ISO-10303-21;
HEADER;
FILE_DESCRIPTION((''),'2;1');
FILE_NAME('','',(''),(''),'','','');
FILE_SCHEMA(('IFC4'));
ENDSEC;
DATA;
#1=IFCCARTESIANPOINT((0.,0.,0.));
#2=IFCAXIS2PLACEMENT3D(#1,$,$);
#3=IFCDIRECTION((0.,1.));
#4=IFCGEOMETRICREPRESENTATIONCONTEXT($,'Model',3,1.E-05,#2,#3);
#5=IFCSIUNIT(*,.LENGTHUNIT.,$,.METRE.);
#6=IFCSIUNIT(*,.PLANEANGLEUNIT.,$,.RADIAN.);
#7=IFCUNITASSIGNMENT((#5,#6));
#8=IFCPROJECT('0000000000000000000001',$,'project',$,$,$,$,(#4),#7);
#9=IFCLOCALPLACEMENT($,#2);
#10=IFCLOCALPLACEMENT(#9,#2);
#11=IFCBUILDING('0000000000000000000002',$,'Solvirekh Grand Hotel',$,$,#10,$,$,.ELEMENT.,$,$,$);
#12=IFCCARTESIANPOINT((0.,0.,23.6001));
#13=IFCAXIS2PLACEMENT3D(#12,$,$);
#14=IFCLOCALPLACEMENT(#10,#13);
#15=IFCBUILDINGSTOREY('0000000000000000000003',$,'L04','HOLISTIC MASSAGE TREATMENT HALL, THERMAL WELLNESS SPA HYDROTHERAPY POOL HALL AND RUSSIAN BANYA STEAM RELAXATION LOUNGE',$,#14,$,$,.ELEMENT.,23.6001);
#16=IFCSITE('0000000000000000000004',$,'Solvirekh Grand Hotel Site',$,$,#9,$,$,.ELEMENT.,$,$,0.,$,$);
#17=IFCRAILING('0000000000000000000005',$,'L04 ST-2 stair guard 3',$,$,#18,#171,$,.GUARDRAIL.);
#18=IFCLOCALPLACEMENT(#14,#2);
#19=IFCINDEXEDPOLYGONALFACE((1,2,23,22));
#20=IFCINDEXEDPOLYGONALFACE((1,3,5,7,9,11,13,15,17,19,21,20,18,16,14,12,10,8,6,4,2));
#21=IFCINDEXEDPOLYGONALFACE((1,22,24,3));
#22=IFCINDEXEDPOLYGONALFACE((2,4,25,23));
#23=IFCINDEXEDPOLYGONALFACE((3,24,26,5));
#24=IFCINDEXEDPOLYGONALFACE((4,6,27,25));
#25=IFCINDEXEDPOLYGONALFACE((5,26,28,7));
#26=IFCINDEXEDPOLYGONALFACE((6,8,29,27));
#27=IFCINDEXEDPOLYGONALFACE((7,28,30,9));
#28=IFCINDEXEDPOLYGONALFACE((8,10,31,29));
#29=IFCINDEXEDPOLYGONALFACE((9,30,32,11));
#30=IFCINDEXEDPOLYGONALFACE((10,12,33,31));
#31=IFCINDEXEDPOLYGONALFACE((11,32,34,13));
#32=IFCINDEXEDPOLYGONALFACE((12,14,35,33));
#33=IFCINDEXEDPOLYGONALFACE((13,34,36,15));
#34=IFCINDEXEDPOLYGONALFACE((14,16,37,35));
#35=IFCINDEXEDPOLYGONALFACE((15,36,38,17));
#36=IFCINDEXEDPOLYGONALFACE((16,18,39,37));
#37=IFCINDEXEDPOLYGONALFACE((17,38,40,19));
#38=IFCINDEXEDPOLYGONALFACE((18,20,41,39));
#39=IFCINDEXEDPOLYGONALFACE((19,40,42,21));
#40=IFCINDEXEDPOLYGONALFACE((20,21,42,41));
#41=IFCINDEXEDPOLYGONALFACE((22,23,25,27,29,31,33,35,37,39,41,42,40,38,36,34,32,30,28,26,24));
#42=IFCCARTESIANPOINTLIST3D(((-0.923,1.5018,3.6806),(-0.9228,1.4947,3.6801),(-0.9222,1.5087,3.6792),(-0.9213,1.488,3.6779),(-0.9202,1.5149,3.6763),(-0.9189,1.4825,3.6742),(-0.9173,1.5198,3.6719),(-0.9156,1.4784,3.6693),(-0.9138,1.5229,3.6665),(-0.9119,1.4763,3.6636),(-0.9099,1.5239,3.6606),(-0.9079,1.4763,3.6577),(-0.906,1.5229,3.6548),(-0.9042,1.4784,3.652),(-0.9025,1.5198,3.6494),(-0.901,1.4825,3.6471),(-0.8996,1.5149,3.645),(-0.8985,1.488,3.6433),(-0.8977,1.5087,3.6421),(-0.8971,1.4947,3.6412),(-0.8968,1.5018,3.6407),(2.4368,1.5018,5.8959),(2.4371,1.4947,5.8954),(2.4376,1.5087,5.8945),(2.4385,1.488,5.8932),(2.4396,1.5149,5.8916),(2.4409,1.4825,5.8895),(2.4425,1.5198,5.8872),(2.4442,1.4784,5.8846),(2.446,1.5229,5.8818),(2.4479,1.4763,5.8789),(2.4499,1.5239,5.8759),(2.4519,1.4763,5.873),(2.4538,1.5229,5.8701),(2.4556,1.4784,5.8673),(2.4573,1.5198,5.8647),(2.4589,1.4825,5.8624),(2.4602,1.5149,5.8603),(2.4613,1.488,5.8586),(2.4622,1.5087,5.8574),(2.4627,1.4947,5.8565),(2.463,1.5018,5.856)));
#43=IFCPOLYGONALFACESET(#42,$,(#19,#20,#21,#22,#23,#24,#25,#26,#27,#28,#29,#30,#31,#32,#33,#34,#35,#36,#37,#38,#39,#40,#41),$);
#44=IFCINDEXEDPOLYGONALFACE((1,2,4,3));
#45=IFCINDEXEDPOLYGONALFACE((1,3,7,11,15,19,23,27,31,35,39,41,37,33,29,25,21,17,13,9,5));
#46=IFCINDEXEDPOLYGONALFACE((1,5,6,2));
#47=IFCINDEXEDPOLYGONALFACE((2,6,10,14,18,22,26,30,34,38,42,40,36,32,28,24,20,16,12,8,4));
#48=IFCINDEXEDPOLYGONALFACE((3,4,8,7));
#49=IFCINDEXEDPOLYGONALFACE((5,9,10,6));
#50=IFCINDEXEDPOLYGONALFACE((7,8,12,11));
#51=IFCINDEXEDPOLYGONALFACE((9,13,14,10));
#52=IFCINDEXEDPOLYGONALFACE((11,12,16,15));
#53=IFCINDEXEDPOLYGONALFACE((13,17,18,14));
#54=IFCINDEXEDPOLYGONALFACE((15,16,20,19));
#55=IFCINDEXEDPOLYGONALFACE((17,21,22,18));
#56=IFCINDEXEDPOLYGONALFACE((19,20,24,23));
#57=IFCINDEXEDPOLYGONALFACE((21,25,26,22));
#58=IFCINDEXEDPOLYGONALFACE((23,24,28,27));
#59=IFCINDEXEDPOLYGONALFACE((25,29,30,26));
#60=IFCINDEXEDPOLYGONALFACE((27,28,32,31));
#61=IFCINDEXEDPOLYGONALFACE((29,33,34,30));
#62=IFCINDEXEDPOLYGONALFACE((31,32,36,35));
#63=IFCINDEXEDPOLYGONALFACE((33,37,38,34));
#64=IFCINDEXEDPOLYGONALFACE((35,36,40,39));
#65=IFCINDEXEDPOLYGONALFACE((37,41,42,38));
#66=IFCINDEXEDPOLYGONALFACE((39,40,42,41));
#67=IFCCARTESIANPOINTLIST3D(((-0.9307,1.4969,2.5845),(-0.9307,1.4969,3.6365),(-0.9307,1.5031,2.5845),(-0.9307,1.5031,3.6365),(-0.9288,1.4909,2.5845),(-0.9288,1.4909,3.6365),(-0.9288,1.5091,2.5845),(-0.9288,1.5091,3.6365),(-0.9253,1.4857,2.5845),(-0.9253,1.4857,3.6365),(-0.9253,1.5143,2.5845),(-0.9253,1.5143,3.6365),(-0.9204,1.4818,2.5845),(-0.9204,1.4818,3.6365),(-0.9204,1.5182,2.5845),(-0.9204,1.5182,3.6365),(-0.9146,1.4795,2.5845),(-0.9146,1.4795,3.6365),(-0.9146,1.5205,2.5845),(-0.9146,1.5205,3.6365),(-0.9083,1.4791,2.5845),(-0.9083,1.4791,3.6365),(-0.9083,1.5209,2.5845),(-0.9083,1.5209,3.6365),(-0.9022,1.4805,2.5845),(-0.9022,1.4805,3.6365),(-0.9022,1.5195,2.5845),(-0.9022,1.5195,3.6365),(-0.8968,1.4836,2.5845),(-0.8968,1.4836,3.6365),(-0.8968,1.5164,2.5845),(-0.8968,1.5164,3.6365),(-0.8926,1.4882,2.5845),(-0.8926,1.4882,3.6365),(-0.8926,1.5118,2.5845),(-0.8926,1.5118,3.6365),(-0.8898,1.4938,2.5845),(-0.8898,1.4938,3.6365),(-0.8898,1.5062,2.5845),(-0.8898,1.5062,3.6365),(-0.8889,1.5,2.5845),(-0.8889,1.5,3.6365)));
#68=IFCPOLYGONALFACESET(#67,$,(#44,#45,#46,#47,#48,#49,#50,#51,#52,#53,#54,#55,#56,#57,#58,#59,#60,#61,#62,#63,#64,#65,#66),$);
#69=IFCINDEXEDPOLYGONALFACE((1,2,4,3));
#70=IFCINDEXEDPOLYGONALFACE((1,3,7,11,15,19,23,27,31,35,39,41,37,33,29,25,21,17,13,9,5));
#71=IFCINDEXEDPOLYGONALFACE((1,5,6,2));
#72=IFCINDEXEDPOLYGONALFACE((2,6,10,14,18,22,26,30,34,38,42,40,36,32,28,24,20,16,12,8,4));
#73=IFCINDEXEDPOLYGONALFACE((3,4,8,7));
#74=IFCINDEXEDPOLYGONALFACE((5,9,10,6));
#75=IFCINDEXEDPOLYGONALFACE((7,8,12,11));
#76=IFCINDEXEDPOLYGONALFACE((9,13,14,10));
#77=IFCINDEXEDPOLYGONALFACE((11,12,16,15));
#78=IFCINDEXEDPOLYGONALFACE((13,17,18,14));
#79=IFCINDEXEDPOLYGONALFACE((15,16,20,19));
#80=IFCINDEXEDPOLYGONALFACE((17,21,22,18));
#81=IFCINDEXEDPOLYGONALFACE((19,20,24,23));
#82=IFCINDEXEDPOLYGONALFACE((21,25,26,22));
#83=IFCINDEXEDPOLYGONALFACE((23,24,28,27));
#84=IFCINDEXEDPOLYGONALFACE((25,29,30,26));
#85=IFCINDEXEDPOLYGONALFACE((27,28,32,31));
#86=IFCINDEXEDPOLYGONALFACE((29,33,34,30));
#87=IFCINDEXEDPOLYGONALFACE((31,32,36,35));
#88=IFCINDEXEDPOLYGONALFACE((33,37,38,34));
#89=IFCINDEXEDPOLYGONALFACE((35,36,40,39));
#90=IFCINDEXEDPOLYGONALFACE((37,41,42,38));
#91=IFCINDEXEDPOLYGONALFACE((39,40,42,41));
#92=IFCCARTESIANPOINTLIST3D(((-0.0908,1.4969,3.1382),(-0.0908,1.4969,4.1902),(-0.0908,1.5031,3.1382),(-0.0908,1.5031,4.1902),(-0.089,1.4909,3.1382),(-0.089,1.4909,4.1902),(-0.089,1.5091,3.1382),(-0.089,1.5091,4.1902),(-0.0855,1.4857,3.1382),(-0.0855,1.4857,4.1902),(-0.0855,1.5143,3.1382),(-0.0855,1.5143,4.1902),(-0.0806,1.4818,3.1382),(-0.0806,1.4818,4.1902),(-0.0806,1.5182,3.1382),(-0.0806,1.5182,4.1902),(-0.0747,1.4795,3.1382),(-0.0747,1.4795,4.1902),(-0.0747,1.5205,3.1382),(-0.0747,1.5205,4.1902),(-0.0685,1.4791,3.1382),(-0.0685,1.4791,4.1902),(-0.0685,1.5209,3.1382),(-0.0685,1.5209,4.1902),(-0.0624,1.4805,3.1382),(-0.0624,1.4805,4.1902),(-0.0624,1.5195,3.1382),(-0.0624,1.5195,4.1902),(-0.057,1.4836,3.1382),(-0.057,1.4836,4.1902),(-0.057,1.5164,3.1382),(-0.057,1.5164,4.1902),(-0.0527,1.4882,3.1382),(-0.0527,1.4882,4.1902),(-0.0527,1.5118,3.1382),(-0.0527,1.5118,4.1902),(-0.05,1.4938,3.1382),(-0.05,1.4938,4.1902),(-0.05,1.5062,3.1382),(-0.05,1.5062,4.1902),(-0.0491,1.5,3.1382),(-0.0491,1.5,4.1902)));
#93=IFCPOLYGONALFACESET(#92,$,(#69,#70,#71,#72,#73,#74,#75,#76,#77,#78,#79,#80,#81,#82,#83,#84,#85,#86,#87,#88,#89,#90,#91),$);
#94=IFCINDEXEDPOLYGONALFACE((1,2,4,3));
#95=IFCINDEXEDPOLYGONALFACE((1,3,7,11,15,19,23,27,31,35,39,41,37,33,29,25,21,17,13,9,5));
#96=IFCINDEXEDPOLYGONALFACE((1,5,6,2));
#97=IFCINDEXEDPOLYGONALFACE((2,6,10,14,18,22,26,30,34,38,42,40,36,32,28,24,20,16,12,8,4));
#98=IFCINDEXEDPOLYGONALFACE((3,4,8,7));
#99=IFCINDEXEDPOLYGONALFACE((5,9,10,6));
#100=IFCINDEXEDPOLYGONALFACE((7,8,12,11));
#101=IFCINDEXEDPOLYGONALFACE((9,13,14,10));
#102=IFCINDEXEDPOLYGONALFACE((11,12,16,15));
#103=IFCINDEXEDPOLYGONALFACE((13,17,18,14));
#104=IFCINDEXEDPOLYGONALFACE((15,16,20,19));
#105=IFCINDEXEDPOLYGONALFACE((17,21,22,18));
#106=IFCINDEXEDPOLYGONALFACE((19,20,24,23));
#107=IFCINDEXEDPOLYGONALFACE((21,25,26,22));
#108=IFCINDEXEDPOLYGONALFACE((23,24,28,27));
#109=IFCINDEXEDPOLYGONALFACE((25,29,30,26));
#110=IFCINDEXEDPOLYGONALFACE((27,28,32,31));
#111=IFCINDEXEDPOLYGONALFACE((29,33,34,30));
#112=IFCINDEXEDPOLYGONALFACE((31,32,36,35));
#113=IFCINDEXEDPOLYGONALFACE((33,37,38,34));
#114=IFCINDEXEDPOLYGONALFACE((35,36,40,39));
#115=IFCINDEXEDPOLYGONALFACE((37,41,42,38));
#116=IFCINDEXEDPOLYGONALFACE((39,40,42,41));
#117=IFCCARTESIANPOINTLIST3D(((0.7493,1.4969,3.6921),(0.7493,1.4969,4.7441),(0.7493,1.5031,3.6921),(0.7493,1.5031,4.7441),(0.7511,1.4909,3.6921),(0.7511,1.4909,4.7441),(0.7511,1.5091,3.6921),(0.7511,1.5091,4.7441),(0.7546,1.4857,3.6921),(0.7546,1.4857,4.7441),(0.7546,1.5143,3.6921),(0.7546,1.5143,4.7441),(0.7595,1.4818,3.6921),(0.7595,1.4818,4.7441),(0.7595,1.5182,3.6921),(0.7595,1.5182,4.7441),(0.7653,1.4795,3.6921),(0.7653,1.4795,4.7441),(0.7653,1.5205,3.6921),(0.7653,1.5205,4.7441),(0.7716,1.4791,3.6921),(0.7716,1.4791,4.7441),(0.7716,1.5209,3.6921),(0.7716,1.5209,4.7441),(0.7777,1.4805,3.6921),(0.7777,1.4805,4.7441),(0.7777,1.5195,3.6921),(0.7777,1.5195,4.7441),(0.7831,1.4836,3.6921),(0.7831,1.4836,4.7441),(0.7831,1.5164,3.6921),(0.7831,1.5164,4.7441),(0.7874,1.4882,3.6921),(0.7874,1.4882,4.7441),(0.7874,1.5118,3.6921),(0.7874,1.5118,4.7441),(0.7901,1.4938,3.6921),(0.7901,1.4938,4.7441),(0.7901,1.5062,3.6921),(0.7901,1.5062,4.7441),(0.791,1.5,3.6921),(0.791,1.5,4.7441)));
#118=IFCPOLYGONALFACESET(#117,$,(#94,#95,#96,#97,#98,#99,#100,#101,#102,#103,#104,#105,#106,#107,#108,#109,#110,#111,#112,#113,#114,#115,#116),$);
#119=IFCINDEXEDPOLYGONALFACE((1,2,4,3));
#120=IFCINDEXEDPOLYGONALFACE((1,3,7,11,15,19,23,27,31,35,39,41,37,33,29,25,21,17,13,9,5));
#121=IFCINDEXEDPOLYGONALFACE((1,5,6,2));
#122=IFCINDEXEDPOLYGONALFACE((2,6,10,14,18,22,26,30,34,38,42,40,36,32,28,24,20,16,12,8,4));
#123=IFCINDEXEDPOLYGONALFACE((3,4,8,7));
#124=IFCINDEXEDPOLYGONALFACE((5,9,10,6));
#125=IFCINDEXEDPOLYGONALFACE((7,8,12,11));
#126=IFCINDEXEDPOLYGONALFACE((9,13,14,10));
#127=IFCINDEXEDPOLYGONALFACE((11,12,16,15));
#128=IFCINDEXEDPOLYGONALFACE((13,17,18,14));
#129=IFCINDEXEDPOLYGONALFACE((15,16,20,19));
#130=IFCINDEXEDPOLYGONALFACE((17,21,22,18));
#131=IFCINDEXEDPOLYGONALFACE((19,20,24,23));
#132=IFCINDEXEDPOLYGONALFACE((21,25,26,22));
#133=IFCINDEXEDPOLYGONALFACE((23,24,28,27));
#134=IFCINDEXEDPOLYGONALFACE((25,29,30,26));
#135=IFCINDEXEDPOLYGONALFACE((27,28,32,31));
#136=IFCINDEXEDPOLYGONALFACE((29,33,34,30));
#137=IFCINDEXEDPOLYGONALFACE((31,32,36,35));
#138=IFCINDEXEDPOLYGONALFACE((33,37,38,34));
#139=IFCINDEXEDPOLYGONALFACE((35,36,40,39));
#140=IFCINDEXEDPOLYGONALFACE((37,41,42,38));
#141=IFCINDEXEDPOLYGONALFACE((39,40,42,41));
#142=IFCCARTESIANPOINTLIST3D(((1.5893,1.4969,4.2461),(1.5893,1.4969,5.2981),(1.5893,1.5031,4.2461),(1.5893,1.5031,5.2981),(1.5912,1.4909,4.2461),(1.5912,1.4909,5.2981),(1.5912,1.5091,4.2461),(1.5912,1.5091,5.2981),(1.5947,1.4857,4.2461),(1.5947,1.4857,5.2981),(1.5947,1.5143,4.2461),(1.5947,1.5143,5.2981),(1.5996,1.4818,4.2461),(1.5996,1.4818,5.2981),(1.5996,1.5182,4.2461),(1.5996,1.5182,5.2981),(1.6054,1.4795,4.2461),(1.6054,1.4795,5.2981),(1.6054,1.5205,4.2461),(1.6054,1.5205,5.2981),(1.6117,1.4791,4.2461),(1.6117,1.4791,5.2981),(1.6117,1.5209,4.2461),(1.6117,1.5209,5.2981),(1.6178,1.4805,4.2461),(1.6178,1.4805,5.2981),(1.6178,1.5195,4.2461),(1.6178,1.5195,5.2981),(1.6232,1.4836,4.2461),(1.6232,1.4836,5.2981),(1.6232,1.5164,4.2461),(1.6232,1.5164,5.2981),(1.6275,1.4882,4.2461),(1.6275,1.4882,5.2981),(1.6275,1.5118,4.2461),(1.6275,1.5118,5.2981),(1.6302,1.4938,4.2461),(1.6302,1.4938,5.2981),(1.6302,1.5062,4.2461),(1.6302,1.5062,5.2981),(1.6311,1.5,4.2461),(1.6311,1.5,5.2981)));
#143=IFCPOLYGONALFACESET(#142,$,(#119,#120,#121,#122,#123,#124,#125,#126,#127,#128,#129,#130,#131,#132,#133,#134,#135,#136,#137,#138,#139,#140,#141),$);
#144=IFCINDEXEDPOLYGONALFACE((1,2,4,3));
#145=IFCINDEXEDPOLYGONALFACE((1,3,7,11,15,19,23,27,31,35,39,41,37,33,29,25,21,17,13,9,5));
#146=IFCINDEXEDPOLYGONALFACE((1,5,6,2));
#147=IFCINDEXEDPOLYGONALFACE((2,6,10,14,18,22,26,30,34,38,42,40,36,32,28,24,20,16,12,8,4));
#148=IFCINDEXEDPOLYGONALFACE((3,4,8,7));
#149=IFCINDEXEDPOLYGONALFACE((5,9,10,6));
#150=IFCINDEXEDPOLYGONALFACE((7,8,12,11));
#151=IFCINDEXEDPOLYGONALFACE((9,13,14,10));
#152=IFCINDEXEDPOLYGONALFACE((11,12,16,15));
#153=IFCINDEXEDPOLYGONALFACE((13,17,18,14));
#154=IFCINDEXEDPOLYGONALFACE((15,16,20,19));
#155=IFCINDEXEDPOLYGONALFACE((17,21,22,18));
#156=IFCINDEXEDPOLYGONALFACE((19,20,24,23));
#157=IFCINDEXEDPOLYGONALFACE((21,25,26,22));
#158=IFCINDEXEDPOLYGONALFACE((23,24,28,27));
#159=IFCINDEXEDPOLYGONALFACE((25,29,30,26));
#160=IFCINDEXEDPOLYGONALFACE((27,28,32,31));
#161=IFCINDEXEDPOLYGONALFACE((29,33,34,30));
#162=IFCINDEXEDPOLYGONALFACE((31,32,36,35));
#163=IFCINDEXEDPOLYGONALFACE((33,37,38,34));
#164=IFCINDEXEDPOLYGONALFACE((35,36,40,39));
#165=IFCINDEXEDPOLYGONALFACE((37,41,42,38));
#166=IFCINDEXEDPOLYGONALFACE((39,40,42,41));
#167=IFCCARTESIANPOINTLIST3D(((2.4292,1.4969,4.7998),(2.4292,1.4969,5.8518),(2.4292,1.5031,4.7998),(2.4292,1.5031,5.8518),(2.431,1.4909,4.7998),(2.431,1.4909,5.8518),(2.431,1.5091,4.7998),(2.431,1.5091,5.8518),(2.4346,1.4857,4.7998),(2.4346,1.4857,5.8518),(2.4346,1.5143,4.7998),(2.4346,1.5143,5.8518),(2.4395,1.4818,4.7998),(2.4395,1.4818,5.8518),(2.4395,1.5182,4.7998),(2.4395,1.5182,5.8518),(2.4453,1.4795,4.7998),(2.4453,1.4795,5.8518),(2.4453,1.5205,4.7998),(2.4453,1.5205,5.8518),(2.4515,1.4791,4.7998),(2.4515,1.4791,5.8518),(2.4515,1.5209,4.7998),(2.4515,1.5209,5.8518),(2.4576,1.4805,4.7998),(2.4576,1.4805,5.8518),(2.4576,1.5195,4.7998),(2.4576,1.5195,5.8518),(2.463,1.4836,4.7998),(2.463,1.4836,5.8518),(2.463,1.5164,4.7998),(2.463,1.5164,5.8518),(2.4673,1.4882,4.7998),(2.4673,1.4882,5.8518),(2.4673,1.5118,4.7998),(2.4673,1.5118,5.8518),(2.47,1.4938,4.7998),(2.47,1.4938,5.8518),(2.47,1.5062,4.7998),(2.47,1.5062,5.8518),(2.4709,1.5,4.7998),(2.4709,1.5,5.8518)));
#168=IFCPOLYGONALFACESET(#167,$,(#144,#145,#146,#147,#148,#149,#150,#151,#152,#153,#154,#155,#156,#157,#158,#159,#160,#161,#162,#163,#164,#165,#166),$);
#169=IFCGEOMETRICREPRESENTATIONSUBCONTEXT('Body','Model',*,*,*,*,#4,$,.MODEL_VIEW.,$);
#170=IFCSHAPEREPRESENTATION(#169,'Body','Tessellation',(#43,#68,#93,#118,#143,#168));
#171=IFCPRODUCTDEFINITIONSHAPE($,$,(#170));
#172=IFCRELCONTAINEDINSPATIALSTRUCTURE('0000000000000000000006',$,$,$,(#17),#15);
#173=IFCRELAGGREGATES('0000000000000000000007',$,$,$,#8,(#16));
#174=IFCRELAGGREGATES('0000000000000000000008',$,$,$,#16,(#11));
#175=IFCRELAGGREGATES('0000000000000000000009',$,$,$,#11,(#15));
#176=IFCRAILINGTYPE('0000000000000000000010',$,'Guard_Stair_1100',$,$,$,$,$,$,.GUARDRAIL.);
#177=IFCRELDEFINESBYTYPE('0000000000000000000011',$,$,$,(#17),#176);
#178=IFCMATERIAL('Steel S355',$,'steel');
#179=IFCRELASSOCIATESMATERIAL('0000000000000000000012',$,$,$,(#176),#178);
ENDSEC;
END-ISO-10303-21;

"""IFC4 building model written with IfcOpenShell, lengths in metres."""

from ifc_helpers import new_model, si_unit, direction, frame, origin, origin_2d, place, context, subcontext, project, spatial, circle, extrude, material, type_object, element, save


model = new_model("IFC4")

# Units and contexts
model_context = context("Model", 3, precision=1e-05, world=origin(), true_north=direction((0.0, 1.0)))
body_context = subcontext(model_context, "Body", "Model", "MODEL_VIEW")
ifc_project = project(units=[si_unit("LENGTHUNIT", "METRE"), si_unit("PLANEANGLEUNIT", "RADIAN")], contexts=[model_context])

# Site, building, storey
site_placement = place(None, origin())
site = spatial("IfcSite", under=ifc_project, at=site_placement, Name="Solvirekh Grand Hotel Site", CompositionType="ELEMENT", RefElevation=0.0)
building_placement = place(site_placement, origin())
building = spatial("IfcBuilding", under=site, at=building_placement, Name="Solvirekh Grand Hotel", CompositionType="ELEMENT")
storey_placement = place(building_placement, frame((0.0, 0.0, 23.6001)))
storey = spatial("IfcBuildingStorey", under=building, at=storey_placement, Name="L04", Description="HOLISTIC MASSAGE TREATMENT HALL, THERMAL WELLNESS SPA HYDROTHERAPY POOL HALL AND RUSSIAN BANYA STEAM RELAXATION LOUNGE", CompositionType="ELEMENT", Elevation=23.6001)

# Railing
ifc_material_1 = material(Name="Steel S355", Category="steel")
railing_type_1 = type_object("IfcRailingType", Name="Guard_Stair_1100", PredefinedType="GUARDRAIL", material=ifc_material_1)
railing_1_placement = place(storey_placement, frame((-0.9099, 1.5, 2.5845)))
element("IfcRailing", 1, at=railing_1_placement, inside=storey, type_object=railing_type_1, Name="L04 ST-2 stair guard 3", PredefinedType="GUARDRAIL", context=body_context, shape_type="SweptSolid", body=[
    extrude(circle(Radius=0.0239, at=origin_2d()), frame((0.0, 0.0, 1.0762), z_axis=(0.834858, 0.0, 0.550465), x_axis=(0.0, 1.0, 0.0)), (0.0, 0.0, 1.0), 4.0244),
    extrude(circle(Radius=0.021, at=origin_2d()), origin(), (0.0, 0.0, 1.0), 1.052),
    extrude(circle(Radius=0.021, at=origin_2d()), frame((0.8398, 0.0, 0.5537)), (0.0, 0.0, 1.0), 1.052),
    extrude(circle(Radius=0.021, at=origin_2d()), frame((1.6799, 0.0, 1.1077)), (0.0, 0.0, 1.0), 1.052),
    extrude(circle(Radius=0.021, at=origin_2d()), frame((2.52, 0.0, 1.6616)), (0.0, 0.0, 1.0), 1.052),
    extrude(circle(Radius=0.021, at=origin_2d()), frame((3.3599, 0.0, 2.2153)), (0.0, 0.0, 1.0), 1.052),
])

save(model, "model.ifc")
